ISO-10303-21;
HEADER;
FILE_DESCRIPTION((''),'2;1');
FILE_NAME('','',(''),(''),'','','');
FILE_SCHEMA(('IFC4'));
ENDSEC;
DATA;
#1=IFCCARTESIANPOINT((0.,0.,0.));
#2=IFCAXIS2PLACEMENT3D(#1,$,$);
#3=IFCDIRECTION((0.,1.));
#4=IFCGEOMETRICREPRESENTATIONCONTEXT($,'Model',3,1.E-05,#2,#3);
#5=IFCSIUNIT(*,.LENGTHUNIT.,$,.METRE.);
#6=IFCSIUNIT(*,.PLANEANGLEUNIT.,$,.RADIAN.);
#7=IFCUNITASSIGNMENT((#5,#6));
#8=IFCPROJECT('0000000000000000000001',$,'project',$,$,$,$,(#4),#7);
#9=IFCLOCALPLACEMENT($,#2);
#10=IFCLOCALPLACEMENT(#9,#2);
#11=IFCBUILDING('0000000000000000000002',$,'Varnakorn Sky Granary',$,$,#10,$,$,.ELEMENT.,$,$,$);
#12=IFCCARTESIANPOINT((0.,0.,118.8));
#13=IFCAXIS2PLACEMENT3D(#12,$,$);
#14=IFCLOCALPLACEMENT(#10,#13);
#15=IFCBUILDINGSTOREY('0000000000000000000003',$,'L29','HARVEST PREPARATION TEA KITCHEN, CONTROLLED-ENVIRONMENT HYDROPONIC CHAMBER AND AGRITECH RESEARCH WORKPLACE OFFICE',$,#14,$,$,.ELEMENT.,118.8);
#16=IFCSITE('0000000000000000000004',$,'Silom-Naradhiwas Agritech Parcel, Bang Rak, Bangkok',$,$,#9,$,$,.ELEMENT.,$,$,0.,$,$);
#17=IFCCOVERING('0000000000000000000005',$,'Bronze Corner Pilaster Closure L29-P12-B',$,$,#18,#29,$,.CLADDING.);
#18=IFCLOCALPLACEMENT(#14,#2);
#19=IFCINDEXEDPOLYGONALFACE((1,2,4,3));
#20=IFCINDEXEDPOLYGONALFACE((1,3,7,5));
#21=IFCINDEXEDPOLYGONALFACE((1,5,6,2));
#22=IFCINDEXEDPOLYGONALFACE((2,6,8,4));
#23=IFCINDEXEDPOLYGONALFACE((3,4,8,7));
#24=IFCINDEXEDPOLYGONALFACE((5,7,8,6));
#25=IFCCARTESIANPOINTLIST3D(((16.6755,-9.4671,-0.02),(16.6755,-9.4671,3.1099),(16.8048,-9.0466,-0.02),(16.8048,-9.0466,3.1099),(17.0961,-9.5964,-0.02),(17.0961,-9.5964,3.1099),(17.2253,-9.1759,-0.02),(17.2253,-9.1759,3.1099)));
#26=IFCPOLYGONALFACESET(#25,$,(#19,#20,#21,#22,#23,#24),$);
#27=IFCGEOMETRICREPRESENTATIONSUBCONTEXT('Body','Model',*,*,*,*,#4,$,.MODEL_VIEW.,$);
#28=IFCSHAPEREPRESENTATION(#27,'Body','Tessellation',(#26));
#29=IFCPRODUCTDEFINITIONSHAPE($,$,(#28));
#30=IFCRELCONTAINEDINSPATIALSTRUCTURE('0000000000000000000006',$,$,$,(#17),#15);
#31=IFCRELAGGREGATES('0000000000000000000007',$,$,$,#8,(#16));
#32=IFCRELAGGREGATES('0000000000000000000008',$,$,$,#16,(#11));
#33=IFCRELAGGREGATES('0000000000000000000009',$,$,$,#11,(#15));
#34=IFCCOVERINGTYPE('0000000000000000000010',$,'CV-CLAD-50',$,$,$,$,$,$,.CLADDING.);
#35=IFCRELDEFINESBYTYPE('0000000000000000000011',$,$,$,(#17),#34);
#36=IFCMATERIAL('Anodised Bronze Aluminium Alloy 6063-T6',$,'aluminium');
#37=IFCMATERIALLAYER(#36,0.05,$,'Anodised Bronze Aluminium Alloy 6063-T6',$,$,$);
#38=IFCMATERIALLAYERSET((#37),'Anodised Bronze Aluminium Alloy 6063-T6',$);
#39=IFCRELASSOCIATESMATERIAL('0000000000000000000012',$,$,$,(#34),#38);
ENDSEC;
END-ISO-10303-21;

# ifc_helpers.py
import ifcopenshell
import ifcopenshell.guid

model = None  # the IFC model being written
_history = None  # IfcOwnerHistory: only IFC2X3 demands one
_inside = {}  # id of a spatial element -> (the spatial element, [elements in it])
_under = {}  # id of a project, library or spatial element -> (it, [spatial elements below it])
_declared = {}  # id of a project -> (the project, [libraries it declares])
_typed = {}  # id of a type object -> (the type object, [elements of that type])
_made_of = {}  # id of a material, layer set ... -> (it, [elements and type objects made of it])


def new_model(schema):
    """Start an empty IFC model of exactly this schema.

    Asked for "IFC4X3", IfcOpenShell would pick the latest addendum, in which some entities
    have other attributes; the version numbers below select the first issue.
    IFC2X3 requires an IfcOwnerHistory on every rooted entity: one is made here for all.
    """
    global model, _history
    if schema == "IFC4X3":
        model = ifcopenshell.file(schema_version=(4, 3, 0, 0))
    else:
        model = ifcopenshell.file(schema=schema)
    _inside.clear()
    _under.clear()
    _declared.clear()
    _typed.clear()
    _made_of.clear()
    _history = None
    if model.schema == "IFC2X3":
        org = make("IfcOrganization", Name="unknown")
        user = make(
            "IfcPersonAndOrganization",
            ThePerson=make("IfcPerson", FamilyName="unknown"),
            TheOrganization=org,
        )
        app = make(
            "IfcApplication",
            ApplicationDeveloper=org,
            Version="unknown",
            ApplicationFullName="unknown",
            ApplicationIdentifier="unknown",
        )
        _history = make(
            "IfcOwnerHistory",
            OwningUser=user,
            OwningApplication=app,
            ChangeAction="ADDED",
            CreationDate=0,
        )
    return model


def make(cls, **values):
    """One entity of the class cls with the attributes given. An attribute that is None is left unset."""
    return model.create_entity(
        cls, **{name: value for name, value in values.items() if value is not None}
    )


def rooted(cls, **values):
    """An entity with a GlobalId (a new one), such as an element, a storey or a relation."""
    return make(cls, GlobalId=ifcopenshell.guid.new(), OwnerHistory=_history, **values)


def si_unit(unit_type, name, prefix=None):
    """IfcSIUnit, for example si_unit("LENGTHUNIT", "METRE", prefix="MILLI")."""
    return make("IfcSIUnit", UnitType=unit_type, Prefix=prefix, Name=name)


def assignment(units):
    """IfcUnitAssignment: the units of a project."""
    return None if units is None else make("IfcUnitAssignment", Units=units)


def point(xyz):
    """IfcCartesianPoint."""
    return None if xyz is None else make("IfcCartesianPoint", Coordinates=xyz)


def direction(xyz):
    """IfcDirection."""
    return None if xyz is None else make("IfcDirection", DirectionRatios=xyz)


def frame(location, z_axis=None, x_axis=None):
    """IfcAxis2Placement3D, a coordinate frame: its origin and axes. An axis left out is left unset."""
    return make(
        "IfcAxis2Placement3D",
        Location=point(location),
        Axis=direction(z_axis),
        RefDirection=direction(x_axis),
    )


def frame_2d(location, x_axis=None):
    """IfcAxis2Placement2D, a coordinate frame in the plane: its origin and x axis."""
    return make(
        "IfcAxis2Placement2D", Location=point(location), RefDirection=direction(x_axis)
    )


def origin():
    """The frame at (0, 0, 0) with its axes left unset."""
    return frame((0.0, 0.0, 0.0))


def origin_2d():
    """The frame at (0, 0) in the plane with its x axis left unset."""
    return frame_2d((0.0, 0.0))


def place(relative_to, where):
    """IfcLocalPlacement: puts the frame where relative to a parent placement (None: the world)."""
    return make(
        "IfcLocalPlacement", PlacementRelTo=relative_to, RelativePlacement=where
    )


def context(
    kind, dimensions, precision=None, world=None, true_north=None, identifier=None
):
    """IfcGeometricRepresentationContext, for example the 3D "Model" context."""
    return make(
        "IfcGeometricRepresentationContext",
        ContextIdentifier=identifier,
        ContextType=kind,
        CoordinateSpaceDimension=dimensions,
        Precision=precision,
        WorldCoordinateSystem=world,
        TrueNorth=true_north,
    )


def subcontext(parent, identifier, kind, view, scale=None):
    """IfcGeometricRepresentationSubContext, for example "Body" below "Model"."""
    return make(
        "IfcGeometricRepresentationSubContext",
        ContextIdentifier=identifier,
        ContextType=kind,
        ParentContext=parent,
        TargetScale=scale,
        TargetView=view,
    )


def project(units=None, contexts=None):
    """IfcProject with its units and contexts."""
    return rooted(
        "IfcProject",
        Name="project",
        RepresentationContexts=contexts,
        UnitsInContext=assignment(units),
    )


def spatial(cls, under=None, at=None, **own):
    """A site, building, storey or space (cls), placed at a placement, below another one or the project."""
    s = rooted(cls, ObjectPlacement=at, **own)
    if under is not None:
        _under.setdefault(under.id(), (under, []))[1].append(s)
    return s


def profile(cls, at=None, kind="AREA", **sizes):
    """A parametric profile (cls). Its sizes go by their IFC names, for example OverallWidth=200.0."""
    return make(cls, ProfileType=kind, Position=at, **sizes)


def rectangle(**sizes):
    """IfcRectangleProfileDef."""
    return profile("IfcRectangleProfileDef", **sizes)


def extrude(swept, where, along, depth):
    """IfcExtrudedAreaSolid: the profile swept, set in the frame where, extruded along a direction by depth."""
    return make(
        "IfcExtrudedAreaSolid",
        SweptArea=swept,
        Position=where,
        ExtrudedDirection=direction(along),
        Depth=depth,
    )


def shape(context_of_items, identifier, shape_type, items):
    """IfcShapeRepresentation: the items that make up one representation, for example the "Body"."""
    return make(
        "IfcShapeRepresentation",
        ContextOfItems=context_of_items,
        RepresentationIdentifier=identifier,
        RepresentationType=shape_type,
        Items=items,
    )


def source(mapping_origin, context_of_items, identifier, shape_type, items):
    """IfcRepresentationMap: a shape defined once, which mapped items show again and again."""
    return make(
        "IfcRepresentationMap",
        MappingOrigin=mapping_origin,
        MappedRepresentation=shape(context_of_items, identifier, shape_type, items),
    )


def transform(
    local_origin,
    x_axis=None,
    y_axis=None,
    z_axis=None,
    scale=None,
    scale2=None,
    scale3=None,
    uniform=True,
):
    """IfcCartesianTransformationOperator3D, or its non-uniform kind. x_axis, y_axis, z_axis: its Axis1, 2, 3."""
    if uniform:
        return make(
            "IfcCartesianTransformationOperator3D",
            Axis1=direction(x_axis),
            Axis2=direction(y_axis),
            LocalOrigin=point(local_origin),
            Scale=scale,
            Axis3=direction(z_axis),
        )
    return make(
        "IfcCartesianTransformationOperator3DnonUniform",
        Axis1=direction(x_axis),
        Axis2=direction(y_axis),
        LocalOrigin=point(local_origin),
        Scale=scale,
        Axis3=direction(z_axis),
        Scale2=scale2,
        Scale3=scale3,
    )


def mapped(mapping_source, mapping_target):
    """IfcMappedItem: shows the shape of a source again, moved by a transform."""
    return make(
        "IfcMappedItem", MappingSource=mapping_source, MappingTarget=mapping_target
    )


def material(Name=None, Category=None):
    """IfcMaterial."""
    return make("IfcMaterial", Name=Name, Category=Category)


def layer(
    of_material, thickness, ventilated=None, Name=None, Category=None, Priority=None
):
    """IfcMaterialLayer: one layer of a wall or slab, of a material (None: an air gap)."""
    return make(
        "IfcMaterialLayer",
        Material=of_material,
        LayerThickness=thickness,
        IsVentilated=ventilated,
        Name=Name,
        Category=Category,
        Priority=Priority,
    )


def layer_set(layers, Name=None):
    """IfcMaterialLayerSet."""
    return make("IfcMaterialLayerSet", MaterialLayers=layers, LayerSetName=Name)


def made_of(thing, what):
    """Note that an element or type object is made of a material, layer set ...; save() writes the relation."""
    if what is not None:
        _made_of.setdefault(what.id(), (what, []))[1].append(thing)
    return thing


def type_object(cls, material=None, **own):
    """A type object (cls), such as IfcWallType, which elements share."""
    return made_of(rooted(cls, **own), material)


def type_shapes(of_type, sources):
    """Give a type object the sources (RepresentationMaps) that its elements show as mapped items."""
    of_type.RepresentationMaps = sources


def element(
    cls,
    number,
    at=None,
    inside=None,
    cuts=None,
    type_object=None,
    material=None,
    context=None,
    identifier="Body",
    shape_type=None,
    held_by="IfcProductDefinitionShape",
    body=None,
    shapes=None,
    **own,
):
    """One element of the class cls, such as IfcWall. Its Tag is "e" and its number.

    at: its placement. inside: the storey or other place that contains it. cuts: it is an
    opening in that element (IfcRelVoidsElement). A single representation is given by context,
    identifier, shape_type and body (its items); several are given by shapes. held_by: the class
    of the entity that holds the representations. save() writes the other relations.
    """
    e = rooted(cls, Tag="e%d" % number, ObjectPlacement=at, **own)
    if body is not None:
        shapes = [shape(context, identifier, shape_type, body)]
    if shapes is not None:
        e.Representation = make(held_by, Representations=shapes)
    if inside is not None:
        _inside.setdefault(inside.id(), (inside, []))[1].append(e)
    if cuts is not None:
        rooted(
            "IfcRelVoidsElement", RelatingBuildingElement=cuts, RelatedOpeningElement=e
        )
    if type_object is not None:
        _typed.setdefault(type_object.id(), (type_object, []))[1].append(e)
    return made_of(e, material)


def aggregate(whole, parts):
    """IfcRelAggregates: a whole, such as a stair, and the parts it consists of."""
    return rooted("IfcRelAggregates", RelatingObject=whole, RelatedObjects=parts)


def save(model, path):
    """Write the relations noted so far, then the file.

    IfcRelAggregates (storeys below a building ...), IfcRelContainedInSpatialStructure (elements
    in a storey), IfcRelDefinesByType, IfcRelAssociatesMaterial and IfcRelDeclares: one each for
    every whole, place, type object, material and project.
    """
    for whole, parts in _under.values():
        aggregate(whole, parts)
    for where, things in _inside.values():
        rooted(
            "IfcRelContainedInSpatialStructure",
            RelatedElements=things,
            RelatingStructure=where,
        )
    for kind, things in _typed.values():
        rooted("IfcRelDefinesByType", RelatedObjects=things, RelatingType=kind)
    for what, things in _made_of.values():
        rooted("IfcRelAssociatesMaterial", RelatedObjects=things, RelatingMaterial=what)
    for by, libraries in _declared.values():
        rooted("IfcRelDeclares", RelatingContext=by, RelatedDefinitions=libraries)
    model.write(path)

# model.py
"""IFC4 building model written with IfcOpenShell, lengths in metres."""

from ifc_helpers import new_model, si_unit, direction, frame, origin, origin_2d, place, context, subcontext, project, spatial, rectangle, extrude, source, transform, mapped, material, layer, layer_set, type_object, type_shapes, element, save


model = new_model("IFC4")

# Units and contexts
model_context = context("Model", 3, precision=1e-05, world=origin(), true_north=direction((0.0, 1.0)))
body_context = subcontext(model_context, "Body", "Model", "MODEL_VIEW")
ifc_project = project(units=[si_unit("LENGTHUNIT", "METRE"), si_unit("PLANEANGLEUNIT", "RADIAN")], contexts=[model_context])

# Site, building, storey
site_placement = place(None, origin())
site = spatial("IfcSite", under=ifc_project, at=site_placement, Name="Silom-Naradhiwas Agritech Parcel, Bang Rak, Bangkok", CompositionType="ELEMENT", RefElevation=0.0)
building_placement = place(site_placement, origin())
building = spatial("IfcBuilding", under=site, at=building_placement, Name="Varnakorn Sky Granary", CompositionType="ELEMENT")
storey_placement = place(building_placement, frame((0.0, 0.0, 118.8)))
storey = spatial("IfcBuildingStorey", under=building, at=storey_placement, Name="L29", Description="HARVEST PREPARATION TEA KITCHEN, CONTROLLED-ENVIRONMENT HYDROPONIC CHAMBER AND AGRITECH RESEARCH WORKPLACE OFFICE", CompositionType="ELEMENT", Elevation=118.8)

# Shared definitions
ifc_material_1 = material(Name="Anodised Bronze Aluminium Alloy 6063-T6", Category="aluminium")

# Covering
ifc_layer_1 = layer(ifc_material_1, 0.05, Name="Anodised Bronze Aluminium Alloy 6063-T6")
ifc_layer_set_1 = layer_set([ifc_layer_1], Name="Anodised Bronze Aluminium Alloy 6063-T6")
covering_type = type_object("IfcCoveringType", Name="CV-CLAD-50", PredefinedType="CLADDING", material=ifc_layer_set_1)
shared_shape_1 = source(origin(), body_context, "Body", "SweptSolid", [
    extrude(rectangle(XDim=0.4399, YDim=0.4399, at=origin_2d()), origin(), (0.0, 0.0, 1.0), 3.1299),
])
type_shapes(covering_type, [shared_shape_1])
for number, where, z_axis, x_axis, name in (
    (1, (16.9504, -9.3215, -0.02), (0.0, 0.0, 1.0), (-0.293874, -0.955844, 0.0), "Bronze Corner Pilaster Closure L29-P12-B"),
):
    element("IfcCovering", number, at=place(storey_placement, frame(where, z_axis=z_axis, x_axis=x_axis)), inside=storey, type_object=covering_type, Name=name, PredefinedType="CLADDING", context=body_context, shape_type="MappedRepresentation", body=[
        mapped(shared_shape_1, transform((0.0, 0.0, 0.0), x_axis=(1.0, 0.0, 0.0), y_axis=(0.0, 1.0, 0.0), z_axis=(0.0, 0.0, 1.0), scale=1.0)),
    ])

save(model, "model.ifc")
